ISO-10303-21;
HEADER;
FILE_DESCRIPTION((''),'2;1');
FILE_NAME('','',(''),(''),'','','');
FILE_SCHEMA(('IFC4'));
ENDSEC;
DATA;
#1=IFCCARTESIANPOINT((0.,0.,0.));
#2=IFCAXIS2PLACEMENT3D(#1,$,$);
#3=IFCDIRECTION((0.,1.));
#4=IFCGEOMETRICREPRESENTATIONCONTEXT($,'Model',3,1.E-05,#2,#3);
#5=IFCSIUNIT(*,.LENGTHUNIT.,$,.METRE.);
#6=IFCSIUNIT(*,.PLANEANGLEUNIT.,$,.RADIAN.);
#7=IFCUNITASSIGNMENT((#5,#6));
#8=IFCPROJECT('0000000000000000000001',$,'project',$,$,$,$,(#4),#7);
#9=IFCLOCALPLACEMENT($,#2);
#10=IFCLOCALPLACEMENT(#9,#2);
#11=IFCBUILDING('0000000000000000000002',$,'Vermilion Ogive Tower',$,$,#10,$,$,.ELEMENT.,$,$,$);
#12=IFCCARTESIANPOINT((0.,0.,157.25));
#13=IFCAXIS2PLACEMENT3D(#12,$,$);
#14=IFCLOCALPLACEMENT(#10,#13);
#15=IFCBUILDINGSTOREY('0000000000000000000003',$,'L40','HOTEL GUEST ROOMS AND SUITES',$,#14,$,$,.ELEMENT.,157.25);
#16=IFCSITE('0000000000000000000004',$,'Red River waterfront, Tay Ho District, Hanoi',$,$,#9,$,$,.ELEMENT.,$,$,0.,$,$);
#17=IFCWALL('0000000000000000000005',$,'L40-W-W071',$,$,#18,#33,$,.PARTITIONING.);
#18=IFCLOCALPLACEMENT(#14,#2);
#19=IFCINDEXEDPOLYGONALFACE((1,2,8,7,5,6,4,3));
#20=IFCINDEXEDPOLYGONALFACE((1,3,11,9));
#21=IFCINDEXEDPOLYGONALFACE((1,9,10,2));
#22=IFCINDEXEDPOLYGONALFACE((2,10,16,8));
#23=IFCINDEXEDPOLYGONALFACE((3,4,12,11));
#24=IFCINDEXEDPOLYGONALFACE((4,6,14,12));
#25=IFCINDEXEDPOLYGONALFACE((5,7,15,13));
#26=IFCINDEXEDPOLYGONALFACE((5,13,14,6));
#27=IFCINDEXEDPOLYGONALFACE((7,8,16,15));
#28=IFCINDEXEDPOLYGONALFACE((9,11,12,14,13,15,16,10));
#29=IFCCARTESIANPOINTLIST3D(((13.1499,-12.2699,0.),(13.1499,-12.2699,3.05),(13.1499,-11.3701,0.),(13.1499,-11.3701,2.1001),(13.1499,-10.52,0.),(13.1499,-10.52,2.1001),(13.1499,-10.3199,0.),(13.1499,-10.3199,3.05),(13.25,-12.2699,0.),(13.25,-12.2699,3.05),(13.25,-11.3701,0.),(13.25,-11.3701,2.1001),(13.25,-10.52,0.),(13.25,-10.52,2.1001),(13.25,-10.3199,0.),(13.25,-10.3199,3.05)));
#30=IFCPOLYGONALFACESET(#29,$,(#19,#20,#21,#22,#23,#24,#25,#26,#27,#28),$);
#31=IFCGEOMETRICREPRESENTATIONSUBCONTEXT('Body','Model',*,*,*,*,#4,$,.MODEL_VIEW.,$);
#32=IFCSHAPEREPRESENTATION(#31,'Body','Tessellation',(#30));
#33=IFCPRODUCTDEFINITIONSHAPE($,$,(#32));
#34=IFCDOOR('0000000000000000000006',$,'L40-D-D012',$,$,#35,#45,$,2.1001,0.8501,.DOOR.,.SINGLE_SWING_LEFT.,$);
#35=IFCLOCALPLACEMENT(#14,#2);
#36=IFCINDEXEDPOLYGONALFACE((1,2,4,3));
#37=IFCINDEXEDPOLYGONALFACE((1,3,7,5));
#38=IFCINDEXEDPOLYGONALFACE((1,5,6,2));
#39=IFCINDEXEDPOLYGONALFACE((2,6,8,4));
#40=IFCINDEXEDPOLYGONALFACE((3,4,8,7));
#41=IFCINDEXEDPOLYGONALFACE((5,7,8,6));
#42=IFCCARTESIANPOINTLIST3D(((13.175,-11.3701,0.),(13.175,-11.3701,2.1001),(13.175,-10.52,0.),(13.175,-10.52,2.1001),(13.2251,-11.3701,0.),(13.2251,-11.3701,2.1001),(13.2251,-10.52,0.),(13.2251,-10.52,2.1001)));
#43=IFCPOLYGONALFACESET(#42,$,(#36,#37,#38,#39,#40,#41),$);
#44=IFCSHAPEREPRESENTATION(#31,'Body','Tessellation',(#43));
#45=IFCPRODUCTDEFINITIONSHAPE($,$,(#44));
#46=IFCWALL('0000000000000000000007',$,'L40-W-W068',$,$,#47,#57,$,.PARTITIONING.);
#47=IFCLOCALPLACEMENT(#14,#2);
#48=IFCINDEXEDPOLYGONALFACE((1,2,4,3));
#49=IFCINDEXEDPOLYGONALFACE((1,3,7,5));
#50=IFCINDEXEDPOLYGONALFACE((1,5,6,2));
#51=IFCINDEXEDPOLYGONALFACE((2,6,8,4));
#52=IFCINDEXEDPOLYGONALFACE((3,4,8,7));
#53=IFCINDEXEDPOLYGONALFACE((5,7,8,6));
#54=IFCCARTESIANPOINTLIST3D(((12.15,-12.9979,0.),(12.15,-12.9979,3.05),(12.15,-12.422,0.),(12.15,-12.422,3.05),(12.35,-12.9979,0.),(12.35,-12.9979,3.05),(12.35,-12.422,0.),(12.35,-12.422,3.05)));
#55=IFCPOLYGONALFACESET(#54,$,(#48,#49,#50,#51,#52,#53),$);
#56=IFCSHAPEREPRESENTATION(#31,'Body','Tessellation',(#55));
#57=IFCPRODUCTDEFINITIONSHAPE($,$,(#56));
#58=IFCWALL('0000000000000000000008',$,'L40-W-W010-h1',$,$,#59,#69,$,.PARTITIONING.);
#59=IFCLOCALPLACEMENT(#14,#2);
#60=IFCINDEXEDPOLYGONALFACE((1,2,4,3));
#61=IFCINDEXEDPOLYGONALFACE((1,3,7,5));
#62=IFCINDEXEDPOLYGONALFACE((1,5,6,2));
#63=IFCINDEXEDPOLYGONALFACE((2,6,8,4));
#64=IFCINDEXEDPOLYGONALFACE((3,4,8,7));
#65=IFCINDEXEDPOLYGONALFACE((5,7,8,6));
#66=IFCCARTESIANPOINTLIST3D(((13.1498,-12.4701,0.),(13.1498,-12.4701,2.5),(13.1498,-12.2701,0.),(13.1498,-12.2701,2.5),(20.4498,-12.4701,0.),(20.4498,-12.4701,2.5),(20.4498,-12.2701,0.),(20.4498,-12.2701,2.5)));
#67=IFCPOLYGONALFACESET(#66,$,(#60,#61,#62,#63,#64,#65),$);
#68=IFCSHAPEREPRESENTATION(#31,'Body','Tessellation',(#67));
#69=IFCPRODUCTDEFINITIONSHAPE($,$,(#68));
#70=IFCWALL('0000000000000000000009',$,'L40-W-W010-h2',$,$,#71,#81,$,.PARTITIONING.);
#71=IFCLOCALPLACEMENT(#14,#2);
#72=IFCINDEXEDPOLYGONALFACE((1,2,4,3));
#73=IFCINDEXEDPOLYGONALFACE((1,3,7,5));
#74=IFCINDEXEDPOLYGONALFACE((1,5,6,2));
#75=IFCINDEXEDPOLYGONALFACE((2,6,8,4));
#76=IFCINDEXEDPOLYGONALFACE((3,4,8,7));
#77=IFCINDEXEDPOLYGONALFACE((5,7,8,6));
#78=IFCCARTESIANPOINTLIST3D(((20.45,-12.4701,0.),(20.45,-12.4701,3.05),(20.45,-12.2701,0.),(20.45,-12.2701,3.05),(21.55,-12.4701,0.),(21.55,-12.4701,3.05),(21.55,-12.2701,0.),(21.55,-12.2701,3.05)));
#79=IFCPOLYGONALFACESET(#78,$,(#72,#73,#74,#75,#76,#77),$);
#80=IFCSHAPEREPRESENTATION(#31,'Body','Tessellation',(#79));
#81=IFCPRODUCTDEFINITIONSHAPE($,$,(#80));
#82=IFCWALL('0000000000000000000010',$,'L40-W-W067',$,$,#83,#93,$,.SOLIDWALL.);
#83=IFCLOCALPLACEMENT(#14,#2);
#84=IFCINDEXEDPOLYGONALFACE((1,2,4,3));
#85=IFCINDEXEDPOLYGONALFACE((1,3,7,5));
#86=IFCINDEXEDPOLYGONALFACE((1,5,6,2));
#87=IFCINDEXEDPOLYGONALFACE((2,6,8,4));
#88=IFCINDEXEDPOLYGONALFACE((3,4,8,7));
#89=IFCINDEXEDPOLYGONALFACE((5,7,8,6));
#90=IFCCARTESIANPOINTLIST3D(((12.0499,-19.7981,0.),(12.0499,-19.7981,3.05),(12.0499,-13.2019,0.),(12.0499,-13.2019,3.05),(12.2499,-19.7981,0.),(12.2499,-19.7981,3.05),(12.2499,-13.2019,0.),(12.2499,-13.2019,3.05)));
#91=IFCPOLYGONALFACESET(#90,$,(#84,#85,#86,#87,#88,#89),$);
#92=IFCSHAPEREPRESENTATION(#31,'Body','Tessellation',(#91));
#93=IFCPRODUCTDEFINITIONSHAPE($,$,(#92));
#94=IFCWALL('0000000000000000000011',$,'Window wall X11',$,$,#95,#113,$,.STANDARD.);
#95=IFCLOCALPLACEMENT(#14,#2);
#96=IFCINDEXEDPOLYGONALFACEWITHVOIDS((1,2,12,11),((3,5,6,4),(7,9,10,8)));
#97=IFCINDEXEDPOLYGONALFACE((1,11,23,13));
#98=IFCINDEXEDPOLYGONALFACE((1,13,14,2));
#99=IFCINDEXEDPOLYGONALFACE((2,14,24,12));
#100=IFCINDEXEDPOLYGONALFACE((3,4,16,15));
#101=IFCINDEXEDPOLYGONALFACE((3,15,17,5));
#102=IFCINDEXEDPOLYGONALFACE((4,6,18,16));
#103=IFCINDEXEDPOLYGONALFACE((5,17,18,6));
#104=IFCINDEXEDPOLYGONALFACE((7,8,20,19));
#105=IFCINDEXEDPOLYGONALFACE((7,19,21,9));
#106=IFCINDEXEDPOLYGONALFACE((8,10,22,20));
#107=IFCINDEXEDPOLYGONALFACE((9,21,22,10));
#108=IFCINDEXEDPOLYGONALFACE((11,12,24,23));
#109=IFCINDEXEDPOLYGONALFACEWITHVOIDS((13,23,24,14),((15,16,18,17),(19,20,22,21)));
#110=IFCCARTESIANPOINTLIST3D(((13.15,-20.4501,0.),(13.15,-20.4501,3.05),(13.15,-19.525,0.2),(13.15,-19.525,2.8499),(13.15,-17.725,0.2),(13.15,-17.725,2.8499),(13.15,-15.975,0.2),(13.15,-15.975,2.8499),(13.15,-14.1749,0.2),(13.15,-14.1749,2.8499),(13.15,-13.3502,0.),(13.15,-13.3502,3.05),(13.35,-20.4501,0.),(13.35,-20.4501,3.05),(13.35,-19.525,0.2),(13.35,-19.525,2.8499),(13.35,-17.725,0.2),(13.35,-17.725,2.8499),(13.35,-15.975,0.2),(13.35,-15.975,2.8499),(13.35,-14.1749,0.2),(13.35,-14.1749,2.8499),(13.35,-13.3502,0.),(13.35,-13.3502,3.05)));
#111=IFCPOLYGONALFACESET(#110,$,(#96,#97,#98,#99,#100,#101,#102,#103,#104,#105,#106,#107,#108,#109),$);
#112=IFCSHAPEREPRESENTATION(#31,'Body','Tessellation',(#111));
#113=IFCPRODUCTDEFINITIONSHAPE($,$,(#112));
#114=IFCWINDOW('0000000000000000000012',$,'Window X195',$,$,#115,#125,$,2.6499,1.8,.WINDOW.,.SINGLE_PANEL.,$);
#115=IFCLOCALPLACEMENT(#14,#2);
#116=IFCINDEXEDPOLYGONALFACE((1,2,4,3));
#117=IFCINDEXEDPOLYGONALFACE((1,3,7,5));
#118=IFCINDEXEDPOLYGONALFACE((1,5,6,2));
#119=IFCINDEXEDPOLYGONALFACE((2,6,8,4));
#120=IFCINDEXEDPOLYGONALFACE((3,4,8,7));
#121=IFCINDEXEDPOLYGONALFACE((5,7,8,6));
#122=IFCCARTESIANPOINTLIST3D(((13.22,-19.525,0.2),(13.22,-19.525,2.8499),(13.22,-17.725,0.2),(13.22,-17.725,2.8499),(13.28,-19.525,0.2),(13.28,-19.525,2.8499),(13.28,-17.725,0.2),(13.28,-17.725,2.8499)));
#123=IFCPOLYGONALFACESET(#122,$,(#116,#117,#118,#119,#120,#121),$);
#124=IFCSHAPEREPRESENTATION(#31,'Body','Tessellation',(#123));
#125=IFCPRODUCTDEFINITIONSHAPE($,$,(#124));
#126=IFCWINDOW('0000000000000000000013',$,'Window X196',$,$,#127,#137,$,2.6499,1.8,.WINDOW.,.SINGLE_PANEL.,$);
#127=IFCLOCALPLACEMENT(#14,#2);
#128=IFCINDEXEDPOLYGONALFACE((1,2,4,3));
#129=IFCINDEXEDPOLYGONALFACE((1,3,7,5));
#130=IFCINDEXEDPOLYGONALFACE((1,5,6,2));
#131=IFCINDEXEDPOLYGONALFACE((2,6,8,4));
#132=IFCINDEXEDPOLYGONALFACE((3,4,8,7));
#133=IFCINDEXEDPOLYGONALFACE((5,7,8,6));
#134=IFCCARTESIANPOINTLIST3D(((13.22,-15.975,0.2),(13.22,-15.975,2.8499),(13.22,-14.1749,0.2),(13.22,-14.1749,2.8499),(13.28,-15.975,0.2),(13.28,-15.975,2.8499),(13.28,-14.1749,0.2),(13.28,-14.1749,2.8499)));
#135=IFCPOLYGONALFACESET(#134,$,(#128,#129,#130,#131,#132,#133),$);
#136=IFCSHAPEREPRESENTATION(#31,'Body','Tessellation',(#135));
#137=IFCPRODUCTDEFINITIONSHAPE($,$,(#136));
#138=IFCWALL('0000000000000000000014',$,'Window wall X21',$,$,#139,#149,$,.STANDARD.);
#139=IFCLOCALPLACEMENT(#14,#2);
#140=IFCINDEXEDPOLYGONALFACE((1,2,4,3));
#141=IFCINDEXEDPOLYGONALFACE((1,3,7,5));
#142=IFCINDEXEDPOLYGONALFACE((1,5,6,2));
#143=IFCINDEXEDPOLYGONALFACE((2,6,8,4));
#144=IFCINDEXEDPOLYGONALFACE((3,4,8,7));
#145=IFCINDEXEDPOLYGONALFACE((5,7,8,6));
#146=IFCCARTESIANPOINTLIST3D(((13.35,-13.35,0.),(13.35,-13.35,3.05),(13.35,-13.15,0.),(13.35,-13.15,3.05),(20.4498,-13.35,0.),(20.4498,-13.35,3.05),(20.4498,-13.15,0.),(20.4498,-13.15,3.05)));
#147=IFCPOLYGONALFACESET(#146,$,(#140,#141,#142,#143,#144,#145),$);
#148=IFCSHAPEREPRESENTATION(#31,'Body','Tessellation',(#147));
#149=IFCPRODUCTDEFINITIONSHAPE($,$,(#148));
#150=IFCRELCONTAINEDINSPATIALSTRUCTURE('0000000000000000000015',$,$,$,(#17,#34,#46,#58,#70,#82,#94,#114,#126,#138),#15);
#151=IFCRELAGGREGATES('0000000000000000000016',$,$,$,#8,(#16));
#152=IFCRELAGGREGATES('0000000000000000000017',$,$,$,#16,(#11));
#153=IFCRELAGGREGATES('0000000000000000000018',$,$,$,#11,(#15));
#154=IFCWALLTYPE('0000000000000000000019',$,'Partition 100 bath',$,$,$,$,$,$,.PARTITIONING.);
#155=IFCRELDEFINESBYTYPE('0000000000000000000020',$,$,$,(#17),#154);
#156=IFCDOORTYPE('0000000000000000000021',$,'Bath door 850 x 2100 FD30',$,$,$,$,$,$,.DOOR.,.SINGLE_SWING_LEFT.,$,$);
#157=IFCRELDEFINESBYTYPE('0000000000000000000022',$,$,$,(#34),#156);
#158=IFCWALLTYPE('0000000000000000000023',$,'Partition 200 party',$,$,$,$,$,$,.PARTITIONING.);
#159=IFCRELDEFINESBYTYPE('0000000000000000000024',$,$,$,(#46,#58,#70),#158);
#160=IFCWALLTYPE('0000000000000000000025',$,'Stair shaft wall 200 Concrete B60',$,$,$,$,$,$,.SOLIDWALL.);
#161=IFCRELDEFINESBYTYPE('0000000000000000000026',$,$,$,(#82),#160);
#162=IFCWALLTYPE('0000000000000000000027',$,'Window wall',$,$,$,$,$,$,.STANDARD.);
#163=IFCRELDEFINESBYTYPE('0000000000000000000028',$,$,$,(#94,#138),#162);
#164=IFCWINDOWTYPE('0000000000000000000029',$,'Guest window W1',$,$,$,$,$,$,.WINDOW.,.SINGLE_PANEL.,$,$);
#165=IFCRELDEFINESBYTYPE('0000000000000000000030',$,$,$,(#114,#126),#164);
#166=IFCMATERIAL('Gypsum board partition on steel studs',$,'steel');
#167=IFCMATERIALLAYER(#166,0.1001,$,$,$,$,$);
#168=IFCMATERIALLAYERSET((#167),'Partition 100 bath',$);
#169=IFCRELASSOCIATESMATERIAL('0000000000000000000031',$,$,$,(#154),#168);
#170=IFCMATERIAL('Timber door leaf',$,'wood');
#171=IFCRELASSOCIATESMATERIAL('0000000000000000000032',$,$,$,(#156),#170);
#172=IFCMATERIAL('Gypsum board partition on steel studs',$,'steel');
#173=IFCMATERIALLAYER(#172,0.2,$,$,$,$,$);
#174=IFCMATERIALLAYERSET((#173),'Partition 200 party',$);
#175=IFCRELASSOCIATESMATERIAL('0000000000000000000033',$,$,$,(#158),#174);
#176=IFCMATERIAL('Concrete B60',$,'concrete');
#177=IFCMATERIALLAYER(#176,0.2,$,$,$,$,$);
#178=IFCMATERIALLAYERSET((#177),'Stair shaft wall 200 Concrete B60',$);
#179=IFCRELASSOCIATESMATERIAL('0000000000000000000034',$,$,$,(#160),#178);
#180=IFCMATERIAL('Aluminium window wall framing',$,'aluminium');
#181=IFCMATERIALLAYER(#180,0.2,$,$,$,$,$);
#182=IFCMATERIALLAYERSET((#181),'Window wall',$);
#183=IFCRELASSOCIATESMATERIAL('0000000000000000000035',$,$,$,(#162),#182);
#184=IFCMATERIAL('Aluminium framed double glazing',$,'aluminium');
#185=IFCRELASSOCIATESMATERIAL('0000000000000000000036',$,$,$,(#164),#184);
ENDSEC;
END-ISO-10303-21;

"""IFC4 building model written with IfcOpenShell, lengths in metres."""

from ifc_helpers import new_model, si_unit, direction, frame, frame_2d, origin, place, context, subcontext, project, spatial, rectangle, extrude, material, layer, layer_set, type_object, element, fill, save


model = new_model("IFC4")

# Units and contexts
model_context = context("Model", 3, precision=1e-05, world=origin(), true_north=direction((0.0, 1.0)))
body_context = subcontext(model_context, "Body", "Model", "MODEL_VIEW")
ifc_project = project(units=[si_unit("LENGTHUNIT", "METRE"), si_unit("PLANEANGLEUNIT", "RADIAN")], contexts=[model_context])

# Site, building, storey
site_placement = place(None, origin())
site = spatial("IfcSite", under=ifc_project, at=site_placement, Name="Red River waterfront, Tay Ho District, Hanoi", CompositionType="ELEMENT", RefElevation=0.0)
building_placement = place(site_placement, origin())
building = spatial("IfcBuilding", under=site, at=building_placement, Name="Vermilion Ogive Tower", CompositionType="ELEMENT")
storey_placement = place(building_placement, frame((0.0, 0.0, 157.25)))
storey = spatial("IfcBuildingStorey", under=building, at=storey_placement, Name="L40", Description="HOTEL GUEST ROOMS AND SUITES", CompositionType="ELEMENT", Elevation=157.25)

# Shared definitions
ifc_material_1 = material(Name="Gypsum board partition on steel studs", Category="steel")
ifc_layer_1 = layer(ifc_material_1, 0.1001)
ifc_layer_set_1 = layer_set([ifc_layer_1], Name="Partition 100 bath")
wall_type_1 = type_object("IfcWallType", Name="Partition 100 bath", PredefinedType="PARTITIONING", material=ifc_layer_set_1)

# Wall, opening, door
wall_1_placement = place(storey_placement, frame((13.2, -12.27, 0.0), z_axis=(0.0, 0.0, 1.0), x_axis=(0.0, 1.0, 0.0)))
wall_1 = element("IfcWall", 1, at=wall_1_placement, inside=storey, type_object=wall_type_1, Name="L40-W-W071", PredefinedType="PARTITIONING", context=body_context, shape_type="SweptSolid", body=[
    extrude(rectangle(XDim=1.95, YDim=0.1001, at=frame_2d((0.9751, 0.0))), origin(), (0.0, 0.0, 1.0), 3.05),
])
opening_1_placement = place(wall_1_placement, frame((0.8999, 0.0, 0.0)))
opening_1 = element("IfcOpeningElement", 2, at=opening_1_placement, cuts=wall_1, PredefinedType="OPENING", context=body_context, shape_type="SweptSolid", body=[
    extrude(rectangle(XDim=0.8501, YDim=2.1001, at=frame_2d((0.425, 1.05))), frame((0.0, 0.0601, 0.0), z_axis=(0.0, -1.0, 0.0), x_axis=(1.0, 0.0, 0.0)), (0.0, 0.0, 1.0), 0.1201),
])
ifc_material_2 = material(Name="Timber door leaf", Category="wood")
door_type = type_object("IfcDoorType", Name="Bath door 850 x 2100 FD30", OperationType="SINGLE_SWING_LEFT", PredefinedType="DOOR", material=ifc_material_2)
door_placement = place(opening_1_placement, origin())
door = element("IfcDoor", 3, at=door_placement, inside=storey, type_object=door_type, Name="L40-D-D012", OperationType="SINGLE_SWING_LEFT", OverallHeight=2.1001, OverallWidth=0.8501, PredefinedType="DOOR", context=body_context, shape_type="SweptSolid", body=[
    extrude(rectangle(XDim=0.8501, YDim=2.1001, at=frame_2d((0.425, 1.05))), frame((0.0, 0.0249, 0.0), z_axis=(0.0, -1.0, 0.0), x_axis=(1.0, 0.0, 0.0)), (0.0, 0.0, 1.0), 0.05),
])
fill(opening_1, door)

# Walls
ifc_material_3 = material(Name="Gypsum board partition on steel studs", Category="steel")
ifc_layer_2 = layer(ifc_material_3, 0.2)
ifc_layer_set_2 = layer_set([ifc_layer_2], Name="Partition 200 party")
wall_type_2 = type_object("IfcWallType", Name="Partition 200 party", PredefinedType="PARTITIONING", material=ifc_layer_set_2)
wall_2_placement = place(storey_placement, frame((12.25, -12.998, 0.0), z_axis=(0.0, 0.0, 1.0), x_axis=(0.0, 1.0, 0.0)))
element("IfcWall", 4, at=wall_2_placement, inside=storey, type_object=wall_type_2, Name="L40-W-W068", PredefinedType="PARTITIONING", context=body_context, shape_type="SweptSolid", body=[
    extrude(rectangle(XDim=0.5759, YDim=0.2, at=frame_2d((0.2881, 0.0))), origin(), (0.0, 0.0, 1.0), 3.05),
])
wall_3_placement = place(storey_placement, frame((13.1499, -12.3701, 0.0), z_axis=(0.0, 0.0, 1.0), x_axis=(1.0, 0.0, 0.0)))
element("IfcWall", 5, at=wall_3_placement, inside=storey, type_object=wall_type_2, Name="L40-W-W010-h1", PredefinedType="PARTITIONING", context=body_context, shape_type="SweptSolid", body=[
    extrude(rectangle(XDim=7.3, YDim=0.2, at=frame_2d((3.6499, 0.0))), origin(), (0.0, 0.0, 1.0), 2.5),
])
wall_4_placement = place(storey_placement, frame((20.45, -12.3701, 0.0), z_axis=(0.0, 0.0, 1.0), x_axis=(1.0, 0.0, 0.0)))
element("IfcWall", 6, at=wall_4_placement, inside=storey, type_object=wall_type_2, Name="L40-W-W010-h2", PredefinedType="PARTITIONING", context=body_context, shape_type="SweptSolid", body=[
    extrude(rectangle(XDim=1.1001, YDim=0.2, at=frame_2d((0.55, 0.0))), origin(), (0.0, 0.0, 1.0), 3.05),
])
ifc_material_4 = material(Name="Concrete B60", Category="concrete")
ifc_layer_3 = layer(ifc_material_4, 0.2)
ifc_layer_set_3 = layer_set([ifc_layer_3], Name="Stair shaft wall 200 Concrete B60")
wall_type_3 = type_object("IfcWallType", Name="Stair shaft wall 200 Concrete B60", PredefinedType="SOLIDWALL", material=ifc_layer_set_3)
wall_5_placement = place(storey_placement, frame((12.1499, -19.7981, 0.0), z_axis=(0.0, 0.0, 1.0), x_axis=(0.0, 1.0, 0.0)))
element("IfcWall", 7, at=wall_5_placement, inside=storey, type_object=wall_type_3, Name="L40-W-W067", PredefinedType="SOLIDWALL", context=body_context, shape_type="SweptSolid", body=[
    extrude(rectangle(XDim=6.5962, YDim=0.2, at=frame_2d((3.2981, 0.0))), origin(), (0.0, 0.0, 1.0), 3.05),
])

# Wall, openings, windows
ifc_material_5 = material(Name="Aluminium window wall framing", Category="aluminium")
ifc_layer_4 = layer(ifc_material_5, 0.2)
ifc_layer_set_4 = layer_set([ifc_layer_4], Name="Window wall")
wall_type_4 = type_object("IfcWallType", Name="Window wall", PredefinedType="STANDARD", material=ifc_layer_set_4)
wall_6_placement = place(storey_placement, frame((13.25, -20.45, 0.0), z_axis=(0.0, 0.0, 1.0), x_axis=(0.0, 1.0, 0.0)))
wall_6 = element("IfcWall", 8, at=wall_6_placement, inside=storey, type_object=wall_type_4, Name="Window wall X11", PredefinedType="STANDARD", context=body_context, shape_type="SweptSolid", body=[
    extrude(rectangle(XDim=7.0999, YDim=0.2, at=frame_2d((3.5498, 0.0))), origin(), (0.0, 0.0, 1.0), 3.05),
])
opening_2_placement = place(wall_6_placement, frame((0.925, 0.0, 0.2)))
opening_2 = element("IfcOpeningElement", 9, at=opening_2_placement, cuts=wall_6, PredefinedType="OPENING", context=body_context, shape_type="SweptSolid", body=[
    extrude(rectangle(XDim=1.8, YDim=2.6499, at=frame_2d((0.8999, 1.325))), frame((0.0, 0.1099, 0.0), z_axis=(0.0, -1.0, 0.0), x_axis=(1.0, 0.0, 0.0)), (0.0, 0.0, 1.0), 0.22),
])
opening_3_placement = place(wall_6_placement, frame((4.4751, 0.0, 0.2)))
opening_3 = element("IfcOpeningElement", 10, at=opening_3_placement, cuts=wall_6, PredefinedType="OPENING", context=body_context, shape_type="SweptSolid", body=[
    extrude(rectangle(XDim=1.8, YDim=2.6499, at=frame_2d((0.8999, 1.325))), frame((0.0, 0.1099, 0.0), z_axis=(0.0, -1.0, 0.0), x_axis=(1.0, 0.0, 0.0)), (0.0, 0.0, 1.0), 0.22),
])
ifc_material_6 = material(Name="Aluminium framed double glazing", Category="aluminium")
window_type = type_object("IfcWindowType", Name="Guest window W1", PartitioningType="SINGLE_PANEL", PredefinedType="WINDOW", material=ifc_material_6)
window_1_placement = place(opening_2_placement, origin())
window_1 = element("IfcWindow", 11, at=window_1_placement, inside=storey, type_object=window_type, Name="Window X195", OverallHeight=2.6499, OverallWidth=1.8, PartitioningType="SINGLE_PANEL", PredefinedType="WINDOW", context=body_context, shape_type="SweptSolid", body=[
    extrude(rectangle(XDim=1.8, YDim=2.6499, at=frame_2d((0.8999, 1.325))), frame((0.0, 0.03, 0.0), z_axis=(0.0, -1.0, 0.0), x_axis=(1.0, 0.0, 0.0)), (0.0, 0.0, 1.0), 0.0601),
])
fill(opening_2, window_1)
window_2_placement = place(opening_3_placement, origin())
window_2 = element("IfcWindow", 12, at=window_2_placement, inside=storey, type_object=window_type, Name="Window X196", OverallHeight=2.6499, OverallWidth=1.8, PartitioningType="SINGLE_PANEL", PredefinedType="WINDOW", context=body_context, shape_type="SweptSolid", body=[
    extrude(rectangle(XDim=1.8, YDim=2.6499, at=frame_2d((0.8999, 1.325))), frame((0.0, 0.03, 0.0), z_axis=(0.0, -1.0, 0.0), x_axis=(1.0, 0.0, 0.0)), (0.0, 0.0, 1.0), 0.0601),
])
fill(opening_3, window_2)

# Wall
wall_7_placement = place(storey_placement, frame((13.3501, -13.25, 0.0), z_axis=(0.0, 0.0, 1.0), x_axis=(1.0, 0.0, 0.0)))
element("IfcWall", 13, at=wall_7_placement, inside=storey, type_object=wall_type_4, Name="Window wall X21", PredefinedType="STANDARD", context=body_context, shape_type="SweptSolid", body=[
    extrude(rectangle(XDim=7.0999, YDim=0.2, at=frame_2d((3.5498, 0.0))), origin(), (0.0, 0.0, 1.0), 3.05),
])

save(model, "model.ifc")
